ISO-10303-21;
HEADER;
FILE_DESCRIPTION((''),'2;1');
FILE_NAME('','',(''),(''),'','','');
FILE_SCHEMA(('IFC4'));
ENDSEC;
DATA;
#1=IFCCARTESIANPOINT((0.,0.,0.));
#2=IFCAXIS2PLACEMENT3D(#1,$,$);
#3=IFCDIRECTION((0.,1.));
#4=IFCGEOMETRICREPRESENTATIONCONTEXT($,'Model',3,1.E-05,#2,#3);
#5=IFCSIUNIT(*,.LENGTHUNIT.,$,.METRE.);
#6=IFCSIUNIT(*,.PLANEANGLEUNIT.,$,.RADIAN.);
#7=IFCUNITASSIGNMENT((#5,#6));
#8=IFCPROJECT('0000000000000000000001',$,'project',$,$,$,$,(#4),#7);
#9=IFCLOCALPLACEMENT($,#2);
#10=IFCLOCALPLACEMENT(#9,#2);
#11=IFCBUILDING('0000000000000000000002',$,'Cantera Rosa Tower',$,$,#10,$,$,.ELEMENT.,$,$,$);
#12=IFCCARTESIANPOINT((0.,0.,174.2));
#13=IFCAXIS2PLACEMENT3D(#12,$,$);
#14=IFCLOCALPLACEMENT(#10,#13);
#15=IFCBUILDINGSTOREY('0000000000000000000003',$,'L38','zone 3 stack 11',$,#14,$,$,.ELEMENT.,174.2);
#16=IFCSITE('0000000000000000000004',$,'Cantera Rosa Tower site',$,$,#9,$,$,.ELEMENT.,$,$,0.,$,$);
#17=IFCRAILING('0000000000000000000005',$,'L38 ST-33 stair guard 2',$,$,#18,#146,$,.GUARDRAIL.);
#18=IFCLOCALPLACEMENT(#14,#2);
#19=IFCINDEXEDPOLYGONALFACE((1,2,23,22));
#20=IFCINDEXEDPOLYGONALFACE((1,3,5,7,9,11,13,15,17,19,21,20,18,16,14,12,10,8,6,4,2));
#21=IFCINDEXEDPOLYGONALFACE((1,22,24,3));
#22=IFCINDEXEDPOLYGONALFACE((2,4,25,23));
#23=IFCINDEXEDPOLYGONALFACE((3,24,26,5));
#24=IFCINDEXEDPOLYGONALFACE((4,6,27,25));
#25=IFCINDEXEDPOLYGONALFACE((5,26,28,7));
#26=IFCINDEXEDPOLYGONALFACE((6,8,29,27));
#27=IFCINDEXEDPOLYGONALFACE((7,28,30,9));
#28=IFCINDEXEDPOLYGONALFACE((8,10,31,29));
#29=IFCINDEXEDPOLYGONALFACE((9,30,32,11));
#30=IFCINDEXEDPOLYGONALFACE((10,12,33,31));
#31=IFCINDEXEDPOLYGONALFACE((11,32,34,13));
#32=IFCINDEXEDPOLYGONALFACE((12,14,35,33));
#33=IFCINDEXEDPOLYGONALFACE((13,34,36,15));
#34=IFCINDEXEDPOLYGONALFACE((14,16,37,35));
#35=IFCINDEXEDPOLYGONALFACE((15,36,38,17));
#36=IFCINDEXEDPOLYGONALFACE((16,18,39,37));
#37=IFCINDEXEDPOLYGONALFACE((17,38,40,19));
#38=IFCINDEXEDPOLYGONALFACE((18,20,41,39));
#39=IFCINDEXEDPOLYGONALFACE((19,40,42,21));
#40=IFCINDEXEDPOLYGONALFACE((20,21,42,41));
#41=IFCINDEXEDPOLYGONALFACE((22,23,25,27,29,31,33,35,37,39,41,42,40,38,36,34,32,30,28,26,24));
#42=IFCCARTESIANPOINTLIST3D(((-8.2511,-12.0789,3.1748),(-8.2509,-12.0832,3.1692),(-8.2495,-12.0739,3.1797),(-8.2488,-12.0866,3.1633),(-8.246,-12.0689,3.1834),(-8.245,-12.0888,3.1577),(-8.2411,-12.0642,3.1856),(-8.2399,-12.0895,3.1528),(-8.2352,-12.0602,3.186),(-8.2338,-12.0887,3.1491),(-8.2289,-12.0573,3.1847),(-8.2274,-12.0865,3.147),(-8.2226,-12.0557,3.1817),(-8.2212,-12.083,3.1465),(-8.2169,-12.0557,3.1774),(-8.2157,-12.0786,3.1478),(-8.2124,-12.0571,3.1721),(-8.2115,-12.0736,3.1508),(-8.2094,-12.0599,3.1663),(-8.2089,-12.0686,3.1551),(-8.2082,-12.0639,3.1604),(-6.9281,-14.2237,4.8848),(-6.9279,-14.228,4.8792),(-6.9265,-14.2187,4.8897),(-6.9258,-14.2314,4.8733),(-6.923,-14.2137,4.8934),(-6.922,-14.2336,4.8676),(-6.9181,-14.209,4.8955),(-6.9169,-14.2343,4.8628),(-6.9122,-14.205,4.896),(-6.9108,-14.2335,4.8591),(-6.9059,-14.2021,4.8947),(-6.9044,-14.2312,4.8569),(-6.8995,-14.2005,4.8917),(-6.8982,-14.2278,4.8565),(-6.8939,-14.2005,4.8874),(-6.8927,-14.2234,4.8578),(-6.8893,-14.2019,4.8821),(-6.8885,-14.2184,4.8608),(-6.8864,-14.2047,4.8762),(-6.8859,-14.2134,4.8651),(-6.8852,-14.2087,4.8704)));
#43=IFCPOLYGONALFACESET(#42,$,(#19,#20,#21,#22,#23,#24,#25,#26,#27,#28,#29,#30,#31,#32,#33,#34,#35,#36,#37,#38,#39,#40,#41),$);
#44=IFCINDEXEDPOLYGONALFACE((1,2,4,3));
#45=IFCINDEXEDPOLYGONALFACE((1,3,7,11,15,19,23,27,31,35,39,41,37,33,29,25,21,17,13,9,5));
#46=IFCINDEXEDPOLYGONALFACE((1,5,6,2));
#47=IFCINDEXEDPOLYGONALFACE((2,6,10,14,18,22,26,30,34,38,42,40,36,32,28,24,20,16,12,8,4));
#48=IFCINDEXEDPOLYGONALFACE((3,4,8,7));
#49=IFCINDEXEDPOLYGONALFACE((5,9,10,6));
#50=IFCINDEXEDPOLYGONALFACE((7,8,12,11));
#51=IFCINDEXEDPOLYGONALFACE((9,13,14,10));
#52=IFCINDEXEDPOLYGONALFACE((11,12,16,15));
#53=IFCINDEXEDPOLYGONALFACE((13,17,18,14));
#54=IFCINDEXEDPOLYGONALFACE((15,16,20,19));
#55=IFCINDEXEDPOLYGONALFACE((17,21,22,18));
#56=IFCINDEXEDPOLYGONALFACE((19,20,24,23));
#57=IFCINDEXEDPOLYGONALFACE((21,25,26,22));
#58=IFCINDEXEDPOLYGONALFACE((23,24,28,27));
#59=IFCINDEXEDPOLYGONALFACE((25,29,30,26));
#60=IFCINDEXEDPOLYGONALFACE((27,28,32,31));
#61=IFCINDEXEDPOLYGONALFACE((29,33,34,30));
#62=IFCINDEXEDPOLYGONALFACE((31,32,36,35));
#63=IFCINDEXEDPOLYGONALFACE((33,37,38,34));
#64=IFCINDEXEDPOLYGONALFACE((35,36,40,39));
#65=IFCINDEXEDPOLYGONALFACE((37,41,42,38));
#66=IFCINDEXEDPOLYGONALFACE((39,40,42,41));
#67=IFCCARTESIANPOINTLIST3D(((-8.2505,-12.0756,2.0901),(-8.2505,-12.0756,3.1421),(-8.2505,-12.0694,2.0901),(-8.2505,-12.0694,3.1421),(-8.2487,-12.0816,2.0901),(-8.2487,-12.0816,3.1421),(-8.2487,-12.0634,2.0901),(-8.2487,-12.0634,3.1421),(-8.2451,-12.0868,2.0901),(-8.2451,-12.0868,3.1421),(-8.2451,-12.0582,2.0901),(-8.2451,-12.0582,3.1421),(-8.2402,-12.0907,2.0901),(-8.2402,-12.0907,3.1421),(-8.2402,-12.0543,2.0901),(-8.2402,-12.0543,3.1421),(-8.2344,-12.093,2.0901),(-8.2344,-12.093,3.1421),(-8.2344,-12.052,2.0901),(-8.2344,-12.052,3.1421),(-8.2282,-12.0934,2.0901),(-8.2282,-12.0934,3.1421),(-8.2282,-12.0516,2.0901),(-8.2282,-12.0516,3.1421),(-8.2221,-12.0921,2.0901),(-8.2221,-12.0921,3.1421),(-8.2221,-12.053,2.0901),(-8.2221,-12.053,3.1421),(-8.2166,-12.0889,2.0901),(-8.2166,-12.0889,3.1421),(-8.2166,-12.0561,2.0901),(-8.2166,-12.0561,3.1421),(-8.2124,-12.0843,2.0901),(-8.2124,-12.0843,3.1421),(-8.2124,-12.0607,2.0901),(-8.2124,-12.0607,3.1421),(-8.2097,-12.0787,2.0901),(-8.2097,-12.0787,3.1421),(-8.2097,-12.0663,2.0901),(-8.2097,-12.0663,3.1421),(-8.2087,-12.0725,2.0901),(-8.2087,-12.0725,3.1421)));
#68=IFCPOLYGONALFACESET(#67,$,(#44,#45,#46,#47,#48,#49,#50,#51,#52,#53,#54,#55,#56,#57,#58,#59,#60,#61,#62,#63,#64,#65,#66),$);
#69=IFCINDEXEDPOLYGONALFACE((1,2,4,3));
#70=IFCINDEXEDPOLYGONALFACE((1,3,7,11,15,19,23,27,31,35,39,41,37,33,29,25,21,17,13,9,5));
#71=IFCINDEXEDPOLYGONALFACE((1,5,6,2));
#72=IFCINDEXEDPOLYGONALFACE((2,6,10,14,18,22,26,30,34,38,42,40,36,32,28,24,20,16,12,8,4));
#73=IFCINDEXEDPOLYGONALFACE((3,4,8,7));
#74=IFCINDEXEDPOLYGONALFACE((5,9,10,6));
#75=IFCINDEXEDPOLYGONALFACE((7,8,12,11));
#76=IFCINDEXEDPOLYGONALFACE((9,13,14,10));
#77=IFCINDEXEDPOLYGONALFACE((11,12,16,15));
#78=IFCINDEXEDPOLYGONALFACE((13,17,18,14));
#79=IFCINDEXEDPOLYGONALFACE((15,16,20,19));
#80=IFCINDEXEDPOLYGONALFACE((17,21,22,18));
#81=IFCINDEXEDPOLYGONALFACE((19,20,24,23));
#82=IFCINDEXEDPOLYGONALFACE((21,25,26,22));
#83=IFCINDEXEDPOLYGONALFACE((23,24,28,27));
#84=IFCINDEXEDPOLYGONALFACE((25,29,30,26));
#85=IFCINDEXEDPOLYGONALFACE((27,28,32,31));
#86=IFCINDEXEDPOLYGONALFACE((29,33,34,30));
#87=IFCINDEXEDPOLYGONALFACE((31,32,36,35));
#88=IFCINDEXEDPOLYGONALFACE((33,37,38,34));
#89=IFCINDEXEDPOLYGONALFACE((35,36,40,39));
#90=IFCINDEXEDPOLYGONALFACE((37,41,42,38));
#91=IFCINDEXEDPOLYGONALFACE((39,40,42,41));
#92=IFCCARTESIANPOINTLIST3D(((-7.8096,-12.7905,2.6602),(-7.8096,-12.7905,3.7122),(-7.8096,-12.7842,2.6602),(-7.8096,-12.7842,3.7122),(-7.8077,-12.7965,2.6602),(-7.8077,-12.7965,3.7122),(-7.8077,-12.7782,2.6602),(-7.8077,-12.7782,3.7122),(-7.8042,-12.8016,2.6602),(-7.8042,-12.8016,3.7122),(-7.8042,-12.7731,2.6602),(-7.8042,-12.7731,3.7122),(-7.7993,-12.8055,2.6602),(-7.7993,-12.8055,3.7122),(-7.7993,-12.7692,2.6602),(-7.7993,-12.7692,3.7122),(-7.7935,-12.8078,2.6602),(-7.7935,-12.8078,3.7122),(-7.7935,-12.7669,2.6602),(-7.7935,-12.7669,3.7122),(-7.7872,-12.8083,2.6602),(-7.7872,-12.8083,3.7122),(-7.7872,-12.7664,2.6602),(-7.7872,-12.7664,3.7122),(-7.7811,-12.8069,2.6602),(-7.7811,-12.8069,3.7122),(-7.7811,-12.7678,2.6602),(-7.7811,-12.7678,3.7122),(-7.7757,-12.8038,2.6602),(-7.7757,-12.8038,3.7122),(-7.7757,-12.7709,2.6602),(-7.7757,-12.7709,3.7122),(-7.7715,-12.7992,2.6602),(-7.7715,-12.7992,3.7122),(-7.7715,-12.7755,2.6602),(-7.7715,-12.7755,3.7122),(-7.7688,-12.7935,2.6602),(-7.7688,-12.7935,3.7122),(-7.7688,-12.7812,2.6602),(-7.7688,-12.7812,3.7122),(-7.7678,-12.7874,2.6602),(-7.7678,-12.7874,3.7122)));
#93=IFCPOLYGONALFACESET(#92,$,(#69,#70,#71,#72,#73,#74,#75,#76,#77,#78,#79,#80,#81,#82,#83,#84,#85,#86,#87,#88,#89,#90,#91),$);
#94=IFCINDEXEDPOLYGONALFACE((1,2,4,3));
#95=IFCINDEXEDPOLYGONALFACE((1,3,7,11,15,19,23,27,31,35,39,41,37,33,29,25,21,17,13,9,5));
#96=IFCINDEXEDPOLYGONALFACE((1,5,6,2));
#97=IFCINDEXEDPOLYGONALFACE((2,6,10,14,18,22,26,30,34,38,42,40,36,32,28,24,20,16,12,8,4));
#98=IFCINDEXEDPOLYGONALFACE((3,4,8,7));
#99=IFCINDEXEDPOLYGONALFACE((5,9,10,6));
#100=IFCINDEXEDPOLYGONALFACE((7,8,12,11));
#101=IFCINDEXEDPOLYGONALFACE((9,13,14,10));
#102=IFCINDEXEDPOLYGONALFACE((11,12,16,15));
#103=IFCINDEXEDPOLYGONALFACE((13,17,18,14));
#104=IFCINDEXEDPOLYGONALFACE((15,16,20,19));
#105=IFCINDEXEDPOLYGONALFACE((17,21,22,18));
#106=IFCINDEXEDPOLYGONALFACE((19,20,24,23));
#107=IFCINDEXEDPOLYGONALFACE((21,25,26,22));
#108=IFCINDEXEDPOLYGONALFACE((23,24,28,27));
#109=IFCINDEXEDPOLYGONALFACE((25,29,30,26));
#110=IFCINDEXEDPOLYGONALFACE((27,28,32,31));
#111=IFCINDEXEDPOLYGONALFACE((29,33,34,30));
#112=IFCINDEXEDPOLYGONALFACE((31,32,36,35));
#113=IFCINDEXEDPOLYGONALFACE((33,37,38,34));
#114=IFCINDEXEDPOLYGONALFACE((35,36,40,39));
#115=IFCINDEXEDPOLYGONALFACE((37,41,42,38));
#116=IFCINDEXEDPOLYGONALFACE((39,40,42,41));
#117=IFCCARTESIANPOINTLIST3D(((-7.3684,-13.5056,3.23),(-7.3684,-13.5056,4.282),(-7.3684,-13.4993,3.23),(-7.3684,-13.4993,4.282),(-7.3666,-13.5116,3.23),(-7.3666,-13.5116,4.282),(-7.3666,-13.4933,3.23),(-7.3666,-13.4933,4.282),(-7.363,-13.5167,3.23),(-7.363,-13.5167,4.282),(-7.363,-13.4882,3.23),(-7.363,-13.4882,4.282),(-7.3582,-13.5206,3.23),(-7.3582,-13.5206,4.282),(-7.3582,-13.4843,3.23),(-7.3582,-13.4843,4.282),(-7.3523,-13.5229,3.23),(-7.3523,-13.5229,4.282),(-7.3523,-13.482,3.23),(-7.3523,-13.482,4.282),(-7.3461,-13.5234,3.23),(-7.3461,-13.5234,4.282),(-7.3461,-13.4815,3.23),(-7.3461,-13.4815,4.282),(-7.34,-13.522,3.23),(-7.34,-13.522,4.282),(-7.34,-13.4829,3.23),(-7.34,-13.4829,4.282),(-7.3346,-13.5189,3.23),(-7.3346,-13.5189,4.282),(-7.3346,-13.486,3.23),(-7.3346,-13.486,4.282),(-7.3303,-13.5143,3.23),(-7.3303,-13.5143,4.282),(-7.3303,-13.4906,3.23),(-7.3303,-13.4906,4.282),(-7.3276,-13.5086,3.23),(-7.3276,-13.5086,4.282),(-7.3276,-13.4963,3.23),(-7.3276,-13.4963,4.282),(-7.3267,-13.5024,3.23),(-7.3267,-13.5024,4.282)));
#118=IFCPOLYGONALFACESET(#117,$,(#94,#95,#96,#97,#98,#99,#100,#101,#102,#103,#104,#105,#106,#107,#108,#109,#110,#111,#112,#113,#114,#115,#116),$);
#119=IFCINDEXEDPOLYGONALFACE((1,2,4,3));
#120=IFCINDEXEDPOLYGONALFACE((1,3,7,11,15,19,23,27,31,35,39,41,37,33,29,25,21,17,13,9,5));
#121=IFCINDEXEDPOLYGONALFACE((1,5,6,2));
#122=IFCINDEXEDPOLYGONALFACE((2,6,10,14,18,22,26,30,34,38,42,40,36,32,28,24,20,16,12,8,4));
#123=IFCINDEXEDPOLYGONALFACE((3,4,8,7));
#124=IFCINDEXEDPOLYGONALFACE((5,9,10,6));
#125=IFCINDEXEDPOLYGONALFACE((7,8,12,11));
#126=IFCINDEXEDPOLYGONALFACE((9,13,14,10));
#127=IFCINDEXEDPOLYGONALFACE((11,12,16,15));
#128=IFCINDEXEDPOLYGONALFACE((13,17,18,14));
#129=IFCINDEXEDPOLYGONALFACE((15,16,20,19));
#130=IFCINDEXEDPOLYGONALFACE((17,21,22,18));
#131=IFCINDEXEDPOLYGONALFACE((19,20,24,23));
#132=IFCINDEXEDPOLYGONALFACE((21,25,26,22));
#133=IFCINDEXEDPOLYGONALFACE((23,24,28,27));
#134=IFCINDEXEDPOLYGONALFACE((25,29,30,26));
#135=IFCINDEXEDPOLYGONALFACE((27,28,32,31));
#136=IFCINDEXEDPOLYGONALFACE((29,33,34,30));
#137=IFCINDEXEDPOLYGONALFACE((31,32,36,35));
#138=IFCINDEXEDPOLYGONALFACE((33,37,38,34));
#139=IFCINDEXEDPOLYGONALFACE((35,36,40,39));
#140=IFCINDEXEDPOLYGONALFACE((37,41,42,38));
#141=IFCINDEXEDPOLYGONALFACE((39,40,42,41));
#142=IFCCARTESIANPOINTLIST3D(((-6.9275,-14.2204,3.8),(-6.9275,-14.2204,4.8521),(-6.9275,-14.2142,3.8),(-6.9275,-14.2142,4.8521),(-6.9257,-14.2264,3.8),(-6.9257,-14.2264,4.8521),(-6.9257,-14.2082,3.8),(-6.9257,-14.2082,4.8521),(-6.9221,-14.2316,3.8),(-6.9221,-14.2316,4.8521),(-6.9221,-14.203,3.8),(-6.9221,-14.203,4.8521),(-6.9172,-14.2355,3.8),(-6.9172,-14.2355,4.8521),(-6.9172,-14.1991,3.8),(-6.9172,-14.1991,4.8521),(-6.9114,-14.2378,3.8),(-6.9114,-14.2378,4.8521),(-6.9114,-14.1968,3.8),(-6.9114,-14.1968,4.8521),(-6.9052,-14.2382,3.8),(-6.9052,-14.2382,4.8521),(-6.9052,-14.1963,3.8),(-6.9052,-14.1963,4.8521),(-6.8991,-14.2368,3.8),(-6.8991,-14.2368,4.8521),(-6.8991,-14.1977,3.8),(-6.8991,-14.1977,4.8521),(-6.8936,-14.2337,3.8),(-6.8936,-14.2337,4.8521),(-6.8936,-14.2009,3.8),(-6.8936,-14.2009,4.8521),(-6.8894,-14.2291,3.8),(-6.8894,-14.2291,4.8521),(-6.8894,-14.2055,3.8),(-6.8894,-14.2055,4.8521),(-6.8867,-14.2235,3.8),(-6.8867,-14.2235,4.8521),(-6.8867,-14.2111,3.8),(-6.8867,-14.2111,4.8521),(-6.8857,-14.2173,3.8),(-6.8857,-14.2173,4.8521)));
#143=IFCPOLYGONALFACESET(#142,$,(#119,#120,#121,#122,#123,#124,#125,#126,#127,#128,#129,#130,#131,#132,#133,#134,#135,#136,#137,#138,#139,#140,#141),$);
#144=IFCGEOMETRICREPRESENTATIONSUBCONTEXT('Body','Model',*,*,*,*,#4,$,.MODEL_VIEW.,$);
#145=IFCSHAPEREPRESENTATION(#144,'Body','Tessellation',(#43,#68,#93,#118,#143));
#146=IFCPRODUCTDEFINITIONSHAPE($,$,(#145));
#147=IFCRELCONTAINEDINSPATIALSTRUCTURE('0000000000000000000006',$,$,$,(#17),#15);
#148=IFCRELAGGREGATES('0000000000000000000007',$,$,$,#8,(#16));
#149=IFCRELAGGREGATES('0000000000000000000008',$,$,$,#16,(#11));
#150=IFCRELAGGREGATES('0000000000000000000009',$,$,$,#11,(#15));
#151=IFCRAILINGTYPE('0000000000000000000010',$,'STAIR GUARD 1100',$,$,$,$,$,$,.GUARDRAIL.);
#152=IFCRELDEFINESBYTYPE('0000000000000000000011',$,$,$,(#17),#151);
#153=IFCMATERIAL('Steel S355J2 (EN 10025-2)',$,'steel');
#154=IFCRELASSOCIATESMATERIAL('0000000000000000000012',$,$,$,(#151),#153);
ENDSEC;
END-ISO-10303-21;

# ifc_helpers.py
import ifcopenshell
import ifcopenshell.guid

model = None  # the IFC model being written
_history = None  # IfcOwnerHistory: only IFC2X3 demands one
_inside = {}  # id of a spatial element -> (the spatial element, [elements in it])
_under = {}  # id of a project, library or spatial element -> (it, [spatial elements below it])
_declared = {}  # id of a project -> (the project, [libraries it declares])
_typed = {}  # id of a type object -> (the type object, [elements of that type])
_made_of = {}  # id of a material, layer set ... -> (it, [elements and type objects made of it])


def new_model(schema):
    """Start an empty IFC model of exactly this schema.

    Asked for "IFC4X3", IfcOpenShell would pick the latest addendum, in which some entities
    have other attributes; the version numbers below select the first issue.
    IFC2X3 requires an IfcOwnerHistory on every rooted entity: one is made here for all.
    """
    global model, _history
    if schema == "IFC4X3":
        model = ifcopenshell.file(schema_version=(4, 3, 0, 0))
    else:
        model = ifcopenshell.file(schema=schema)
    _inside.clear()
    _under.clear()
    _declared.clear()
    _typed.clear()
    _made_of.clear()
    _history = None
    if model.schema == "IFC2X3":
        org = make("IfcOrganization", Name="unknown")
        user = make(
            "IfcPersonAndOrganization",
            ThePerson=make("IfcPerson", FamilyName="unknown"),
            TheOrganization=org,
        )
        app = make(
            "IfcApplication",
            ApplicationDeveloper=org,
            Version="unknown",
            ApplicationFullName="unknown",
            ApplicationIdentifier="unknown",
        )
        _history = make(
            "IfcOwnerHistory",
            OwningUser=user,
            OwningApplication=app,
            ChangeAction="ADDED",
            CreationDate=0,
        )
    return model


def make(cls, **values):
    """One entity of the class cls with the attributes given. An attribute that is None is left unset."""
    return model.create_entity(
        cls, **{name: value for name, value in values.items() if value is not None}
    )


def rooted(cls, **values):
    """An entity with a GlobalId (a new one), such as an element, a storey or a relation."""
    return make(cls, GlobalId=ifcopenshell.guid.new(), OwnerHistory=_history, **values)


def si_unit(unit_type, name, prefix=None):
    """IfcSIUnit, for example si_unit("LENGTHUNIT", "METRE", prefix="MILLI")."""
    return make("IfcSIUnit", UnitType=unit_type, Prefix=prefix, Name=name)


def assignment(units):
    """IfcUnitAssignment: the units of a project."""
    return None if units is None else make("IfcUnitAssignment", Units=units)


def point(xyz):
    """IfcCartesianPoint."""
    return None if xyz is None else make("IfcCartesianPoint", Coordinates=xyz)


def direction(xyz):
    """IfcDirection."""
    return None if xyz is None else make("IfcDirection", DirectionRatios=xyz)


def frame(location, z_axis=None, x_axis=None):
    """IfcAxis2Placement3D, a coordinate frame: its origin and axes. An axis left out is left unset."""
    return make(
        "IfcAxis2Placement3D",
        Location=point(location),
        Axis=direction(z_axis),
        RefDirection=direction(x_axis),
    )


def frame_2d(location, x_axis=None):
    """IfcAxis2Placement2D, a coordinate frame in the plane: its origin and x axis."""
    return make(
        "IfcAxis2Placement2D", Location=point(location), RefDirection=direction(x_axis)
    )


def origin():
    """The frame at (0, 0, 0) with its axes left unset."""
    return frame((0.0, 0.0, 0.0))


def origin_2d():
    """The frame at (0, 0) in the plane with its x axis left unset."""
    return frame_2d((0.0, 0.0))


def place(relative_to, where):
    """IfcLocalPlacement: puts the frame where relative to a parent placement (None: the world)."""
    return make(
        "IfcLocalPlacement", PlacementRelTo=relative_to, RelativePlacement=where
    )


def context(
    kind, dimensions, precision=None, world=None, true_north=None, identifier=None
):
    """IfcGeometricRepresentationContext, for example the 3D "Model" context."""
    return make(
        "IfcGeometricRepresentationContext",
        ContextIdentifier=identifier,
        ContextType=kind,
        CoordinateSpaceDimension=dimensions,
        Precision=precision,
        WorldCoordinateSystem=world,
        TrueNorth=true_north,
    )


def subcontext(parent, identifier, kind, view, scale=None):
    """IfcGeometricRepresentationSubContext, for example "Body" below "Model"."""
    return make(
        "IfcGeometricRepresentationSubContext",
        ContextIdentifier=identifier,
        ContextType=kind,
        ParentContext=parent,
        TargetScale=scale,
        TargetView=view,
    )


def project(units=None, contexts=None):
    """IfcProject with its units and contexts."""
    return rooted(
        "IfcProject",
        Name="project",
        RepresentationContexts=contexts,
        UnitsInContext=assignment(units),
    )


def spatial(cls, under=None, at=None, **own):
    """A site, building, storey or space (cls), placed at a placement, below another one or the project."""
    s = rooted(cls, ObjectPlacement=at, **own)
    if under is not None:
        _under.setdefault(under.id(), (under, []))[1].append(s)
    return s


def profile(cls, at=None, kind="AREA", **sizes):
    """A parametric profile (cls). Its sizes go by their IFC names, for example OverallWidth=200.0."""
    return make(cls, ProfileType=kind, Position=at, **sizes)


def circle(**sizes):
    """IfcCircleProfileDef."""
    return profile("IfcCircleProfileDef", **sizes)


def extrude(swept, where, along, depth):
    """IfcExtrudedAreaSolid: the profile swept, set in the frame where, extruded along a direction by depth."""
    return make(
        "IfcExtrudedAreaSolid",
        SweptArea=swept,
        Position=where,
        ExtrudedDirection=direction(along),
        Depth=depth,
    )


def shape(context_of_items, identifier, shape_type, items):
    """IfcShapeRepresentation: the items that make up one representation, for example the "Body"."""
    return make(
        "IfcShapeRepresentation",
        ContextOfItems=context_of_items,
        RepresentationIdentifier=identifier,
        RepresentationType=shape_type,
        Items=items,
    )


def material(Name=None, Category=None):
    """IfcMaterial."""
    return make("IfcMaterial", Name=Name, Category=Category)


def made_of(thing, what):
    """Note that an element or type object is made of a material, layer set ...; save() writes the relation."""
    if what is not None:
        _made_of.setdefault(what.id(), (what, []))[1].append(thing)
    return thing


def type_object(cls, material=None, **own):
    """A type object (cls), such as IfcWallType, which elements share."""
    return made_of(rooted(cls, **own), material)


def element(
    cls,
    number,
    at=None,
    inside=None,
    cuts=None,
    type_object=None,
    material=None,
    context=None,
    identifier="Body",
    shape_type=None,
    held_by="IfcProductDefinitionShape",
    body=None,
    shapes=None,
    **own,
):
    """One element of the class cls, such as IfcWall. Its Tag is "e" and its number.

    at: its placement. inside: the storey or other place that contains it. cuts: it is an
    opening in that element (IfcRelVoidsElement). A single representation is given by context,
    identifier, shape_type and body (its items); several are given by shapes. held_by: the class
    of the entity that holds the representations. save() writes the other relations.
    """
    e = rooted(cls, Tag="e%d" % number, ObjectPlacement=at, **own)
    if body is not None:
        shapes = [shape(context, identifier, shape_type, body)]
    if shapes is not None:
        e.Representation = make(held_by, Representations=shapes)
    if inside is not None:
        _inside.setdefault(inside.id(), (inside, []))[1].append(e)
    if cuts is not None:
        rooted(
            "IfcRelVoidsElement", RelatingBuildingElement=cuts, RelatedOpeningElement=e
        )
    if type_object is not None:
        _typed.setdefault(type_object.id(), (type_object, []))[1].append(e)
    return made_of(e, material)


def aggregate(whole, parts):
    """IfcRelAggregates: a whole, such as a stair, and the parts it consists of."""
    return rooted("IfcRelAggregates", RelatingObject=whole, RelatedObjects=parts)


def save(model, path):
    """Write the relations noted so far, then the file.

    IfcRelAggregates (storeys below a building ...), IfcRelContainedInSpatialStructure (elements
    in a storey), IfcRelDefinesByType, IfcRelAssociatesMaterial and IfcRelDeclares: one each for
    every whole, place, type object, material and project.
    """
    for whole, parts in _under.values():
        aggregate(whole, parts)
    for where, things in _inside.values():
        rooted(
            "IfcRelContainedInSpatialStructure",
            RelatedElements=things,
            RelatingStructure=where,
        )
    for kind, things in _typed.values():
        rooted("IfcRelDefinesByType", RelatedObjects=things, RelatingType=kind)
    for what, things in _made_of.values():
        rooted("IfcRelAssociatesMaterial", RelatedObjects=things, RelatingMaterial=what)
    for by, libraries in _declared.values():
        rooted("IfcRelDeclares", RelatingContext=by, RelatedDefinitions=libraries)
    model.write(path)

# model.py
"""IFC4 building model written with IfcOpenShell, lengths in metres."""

from ifc_helpers import new_model, si_unit, direction, frame, origin, origin_2d, place, context, subcontext, project, spatial, circle, extrude, material, type_object, element, save


model = new_model("IFC4")

# Units and contexts
model_context = context("Model", 3, precision=1e-05, world=origin(), true_north=direction((0.0, 1.0)))
body_context = subcontext(model_context, "Body", "Model", "MODEL_VIEW")
ifc_project = project(units=[si_unit("LENGTHUNIT", "METRE"), si_unit("PLANEANGLEUNIT", "RADIAN")], contexts=[model_context])

# Site, building, storey
site_placement = place(None, origin())
site = spatial("IfcSite", under=ifc_project, at=site_placement, Name="Cantera Rosa Tower site", CompositionType="ELEMENT", RefElevation=0.0)
building_placement = place(site_placement, origin())
building = spatial("IfcBuilding", under=site, at=building_placement, Name="Cantera Rosa Tower", CompositionType="ELEMENT")
storey_placement = place(building_placement, frame((0.0, 0.0, 174.2)))
storey = spatial("IfcBuildingStorey", under=building, at=storey_placement, Name="L38", Description="zone 3 stack 11", CompositionType="ELEMENT", Elevation=174.2)

# Railing
ifc_material_1 = material(Name="Steel S355J2 (EN 10025-2)", Category="steel")
railing_type_1 = type_object("IfcRailingType", Name="STAIR GUARD 1100", PredefinedType="GUARDRAIL", material=ifc_material_1)
railing_1_placement = place(storey_placement, frame((-8.2297, -12.0725, 2.0901)))
element("IfcRailing", 1, at=railing_1_placement, inside=storey, type_object=railing_type_1, Name="L38 ST-33 stair guard 2", PredefinedType="GUARDRAIL", context=body_context, shape_type="SweptSolid", body=[
    extrude(circle(Radius=0.0239, at=origin_2d()), frame((0.0, 0.0, 1.0762), z_axis=(0.434428, -0.704271, 0.561493), x_axis=(0.851102, 0.525, 0.0)), (0.0, 0.0, 1.0), 3.0454),
    extrude(circle(Radius=0.021, at=origin_2d()), origin(), (0.0, 0.0, 1.0), 1.052),
    extrude(circle(Radius=0.021, at=origin_2d()), frame((0.4409, -0.7148, 0.5701)), (0.0, 0.0, 1.0), 1.052),
    extrude(circle(Radius=0.021, at=origin_2d()), frame((0.8821, -1.4299, 1.1399)), (0.0, 0.0, 1.0), 1.052),
    extrude(circle(Radius=0.021, at=origin_2d()), frame((1.323, -2.1448, 1.71)), (0.0, 0.0, 1.0), 1.052),
])

save(model, "model.ifc")
